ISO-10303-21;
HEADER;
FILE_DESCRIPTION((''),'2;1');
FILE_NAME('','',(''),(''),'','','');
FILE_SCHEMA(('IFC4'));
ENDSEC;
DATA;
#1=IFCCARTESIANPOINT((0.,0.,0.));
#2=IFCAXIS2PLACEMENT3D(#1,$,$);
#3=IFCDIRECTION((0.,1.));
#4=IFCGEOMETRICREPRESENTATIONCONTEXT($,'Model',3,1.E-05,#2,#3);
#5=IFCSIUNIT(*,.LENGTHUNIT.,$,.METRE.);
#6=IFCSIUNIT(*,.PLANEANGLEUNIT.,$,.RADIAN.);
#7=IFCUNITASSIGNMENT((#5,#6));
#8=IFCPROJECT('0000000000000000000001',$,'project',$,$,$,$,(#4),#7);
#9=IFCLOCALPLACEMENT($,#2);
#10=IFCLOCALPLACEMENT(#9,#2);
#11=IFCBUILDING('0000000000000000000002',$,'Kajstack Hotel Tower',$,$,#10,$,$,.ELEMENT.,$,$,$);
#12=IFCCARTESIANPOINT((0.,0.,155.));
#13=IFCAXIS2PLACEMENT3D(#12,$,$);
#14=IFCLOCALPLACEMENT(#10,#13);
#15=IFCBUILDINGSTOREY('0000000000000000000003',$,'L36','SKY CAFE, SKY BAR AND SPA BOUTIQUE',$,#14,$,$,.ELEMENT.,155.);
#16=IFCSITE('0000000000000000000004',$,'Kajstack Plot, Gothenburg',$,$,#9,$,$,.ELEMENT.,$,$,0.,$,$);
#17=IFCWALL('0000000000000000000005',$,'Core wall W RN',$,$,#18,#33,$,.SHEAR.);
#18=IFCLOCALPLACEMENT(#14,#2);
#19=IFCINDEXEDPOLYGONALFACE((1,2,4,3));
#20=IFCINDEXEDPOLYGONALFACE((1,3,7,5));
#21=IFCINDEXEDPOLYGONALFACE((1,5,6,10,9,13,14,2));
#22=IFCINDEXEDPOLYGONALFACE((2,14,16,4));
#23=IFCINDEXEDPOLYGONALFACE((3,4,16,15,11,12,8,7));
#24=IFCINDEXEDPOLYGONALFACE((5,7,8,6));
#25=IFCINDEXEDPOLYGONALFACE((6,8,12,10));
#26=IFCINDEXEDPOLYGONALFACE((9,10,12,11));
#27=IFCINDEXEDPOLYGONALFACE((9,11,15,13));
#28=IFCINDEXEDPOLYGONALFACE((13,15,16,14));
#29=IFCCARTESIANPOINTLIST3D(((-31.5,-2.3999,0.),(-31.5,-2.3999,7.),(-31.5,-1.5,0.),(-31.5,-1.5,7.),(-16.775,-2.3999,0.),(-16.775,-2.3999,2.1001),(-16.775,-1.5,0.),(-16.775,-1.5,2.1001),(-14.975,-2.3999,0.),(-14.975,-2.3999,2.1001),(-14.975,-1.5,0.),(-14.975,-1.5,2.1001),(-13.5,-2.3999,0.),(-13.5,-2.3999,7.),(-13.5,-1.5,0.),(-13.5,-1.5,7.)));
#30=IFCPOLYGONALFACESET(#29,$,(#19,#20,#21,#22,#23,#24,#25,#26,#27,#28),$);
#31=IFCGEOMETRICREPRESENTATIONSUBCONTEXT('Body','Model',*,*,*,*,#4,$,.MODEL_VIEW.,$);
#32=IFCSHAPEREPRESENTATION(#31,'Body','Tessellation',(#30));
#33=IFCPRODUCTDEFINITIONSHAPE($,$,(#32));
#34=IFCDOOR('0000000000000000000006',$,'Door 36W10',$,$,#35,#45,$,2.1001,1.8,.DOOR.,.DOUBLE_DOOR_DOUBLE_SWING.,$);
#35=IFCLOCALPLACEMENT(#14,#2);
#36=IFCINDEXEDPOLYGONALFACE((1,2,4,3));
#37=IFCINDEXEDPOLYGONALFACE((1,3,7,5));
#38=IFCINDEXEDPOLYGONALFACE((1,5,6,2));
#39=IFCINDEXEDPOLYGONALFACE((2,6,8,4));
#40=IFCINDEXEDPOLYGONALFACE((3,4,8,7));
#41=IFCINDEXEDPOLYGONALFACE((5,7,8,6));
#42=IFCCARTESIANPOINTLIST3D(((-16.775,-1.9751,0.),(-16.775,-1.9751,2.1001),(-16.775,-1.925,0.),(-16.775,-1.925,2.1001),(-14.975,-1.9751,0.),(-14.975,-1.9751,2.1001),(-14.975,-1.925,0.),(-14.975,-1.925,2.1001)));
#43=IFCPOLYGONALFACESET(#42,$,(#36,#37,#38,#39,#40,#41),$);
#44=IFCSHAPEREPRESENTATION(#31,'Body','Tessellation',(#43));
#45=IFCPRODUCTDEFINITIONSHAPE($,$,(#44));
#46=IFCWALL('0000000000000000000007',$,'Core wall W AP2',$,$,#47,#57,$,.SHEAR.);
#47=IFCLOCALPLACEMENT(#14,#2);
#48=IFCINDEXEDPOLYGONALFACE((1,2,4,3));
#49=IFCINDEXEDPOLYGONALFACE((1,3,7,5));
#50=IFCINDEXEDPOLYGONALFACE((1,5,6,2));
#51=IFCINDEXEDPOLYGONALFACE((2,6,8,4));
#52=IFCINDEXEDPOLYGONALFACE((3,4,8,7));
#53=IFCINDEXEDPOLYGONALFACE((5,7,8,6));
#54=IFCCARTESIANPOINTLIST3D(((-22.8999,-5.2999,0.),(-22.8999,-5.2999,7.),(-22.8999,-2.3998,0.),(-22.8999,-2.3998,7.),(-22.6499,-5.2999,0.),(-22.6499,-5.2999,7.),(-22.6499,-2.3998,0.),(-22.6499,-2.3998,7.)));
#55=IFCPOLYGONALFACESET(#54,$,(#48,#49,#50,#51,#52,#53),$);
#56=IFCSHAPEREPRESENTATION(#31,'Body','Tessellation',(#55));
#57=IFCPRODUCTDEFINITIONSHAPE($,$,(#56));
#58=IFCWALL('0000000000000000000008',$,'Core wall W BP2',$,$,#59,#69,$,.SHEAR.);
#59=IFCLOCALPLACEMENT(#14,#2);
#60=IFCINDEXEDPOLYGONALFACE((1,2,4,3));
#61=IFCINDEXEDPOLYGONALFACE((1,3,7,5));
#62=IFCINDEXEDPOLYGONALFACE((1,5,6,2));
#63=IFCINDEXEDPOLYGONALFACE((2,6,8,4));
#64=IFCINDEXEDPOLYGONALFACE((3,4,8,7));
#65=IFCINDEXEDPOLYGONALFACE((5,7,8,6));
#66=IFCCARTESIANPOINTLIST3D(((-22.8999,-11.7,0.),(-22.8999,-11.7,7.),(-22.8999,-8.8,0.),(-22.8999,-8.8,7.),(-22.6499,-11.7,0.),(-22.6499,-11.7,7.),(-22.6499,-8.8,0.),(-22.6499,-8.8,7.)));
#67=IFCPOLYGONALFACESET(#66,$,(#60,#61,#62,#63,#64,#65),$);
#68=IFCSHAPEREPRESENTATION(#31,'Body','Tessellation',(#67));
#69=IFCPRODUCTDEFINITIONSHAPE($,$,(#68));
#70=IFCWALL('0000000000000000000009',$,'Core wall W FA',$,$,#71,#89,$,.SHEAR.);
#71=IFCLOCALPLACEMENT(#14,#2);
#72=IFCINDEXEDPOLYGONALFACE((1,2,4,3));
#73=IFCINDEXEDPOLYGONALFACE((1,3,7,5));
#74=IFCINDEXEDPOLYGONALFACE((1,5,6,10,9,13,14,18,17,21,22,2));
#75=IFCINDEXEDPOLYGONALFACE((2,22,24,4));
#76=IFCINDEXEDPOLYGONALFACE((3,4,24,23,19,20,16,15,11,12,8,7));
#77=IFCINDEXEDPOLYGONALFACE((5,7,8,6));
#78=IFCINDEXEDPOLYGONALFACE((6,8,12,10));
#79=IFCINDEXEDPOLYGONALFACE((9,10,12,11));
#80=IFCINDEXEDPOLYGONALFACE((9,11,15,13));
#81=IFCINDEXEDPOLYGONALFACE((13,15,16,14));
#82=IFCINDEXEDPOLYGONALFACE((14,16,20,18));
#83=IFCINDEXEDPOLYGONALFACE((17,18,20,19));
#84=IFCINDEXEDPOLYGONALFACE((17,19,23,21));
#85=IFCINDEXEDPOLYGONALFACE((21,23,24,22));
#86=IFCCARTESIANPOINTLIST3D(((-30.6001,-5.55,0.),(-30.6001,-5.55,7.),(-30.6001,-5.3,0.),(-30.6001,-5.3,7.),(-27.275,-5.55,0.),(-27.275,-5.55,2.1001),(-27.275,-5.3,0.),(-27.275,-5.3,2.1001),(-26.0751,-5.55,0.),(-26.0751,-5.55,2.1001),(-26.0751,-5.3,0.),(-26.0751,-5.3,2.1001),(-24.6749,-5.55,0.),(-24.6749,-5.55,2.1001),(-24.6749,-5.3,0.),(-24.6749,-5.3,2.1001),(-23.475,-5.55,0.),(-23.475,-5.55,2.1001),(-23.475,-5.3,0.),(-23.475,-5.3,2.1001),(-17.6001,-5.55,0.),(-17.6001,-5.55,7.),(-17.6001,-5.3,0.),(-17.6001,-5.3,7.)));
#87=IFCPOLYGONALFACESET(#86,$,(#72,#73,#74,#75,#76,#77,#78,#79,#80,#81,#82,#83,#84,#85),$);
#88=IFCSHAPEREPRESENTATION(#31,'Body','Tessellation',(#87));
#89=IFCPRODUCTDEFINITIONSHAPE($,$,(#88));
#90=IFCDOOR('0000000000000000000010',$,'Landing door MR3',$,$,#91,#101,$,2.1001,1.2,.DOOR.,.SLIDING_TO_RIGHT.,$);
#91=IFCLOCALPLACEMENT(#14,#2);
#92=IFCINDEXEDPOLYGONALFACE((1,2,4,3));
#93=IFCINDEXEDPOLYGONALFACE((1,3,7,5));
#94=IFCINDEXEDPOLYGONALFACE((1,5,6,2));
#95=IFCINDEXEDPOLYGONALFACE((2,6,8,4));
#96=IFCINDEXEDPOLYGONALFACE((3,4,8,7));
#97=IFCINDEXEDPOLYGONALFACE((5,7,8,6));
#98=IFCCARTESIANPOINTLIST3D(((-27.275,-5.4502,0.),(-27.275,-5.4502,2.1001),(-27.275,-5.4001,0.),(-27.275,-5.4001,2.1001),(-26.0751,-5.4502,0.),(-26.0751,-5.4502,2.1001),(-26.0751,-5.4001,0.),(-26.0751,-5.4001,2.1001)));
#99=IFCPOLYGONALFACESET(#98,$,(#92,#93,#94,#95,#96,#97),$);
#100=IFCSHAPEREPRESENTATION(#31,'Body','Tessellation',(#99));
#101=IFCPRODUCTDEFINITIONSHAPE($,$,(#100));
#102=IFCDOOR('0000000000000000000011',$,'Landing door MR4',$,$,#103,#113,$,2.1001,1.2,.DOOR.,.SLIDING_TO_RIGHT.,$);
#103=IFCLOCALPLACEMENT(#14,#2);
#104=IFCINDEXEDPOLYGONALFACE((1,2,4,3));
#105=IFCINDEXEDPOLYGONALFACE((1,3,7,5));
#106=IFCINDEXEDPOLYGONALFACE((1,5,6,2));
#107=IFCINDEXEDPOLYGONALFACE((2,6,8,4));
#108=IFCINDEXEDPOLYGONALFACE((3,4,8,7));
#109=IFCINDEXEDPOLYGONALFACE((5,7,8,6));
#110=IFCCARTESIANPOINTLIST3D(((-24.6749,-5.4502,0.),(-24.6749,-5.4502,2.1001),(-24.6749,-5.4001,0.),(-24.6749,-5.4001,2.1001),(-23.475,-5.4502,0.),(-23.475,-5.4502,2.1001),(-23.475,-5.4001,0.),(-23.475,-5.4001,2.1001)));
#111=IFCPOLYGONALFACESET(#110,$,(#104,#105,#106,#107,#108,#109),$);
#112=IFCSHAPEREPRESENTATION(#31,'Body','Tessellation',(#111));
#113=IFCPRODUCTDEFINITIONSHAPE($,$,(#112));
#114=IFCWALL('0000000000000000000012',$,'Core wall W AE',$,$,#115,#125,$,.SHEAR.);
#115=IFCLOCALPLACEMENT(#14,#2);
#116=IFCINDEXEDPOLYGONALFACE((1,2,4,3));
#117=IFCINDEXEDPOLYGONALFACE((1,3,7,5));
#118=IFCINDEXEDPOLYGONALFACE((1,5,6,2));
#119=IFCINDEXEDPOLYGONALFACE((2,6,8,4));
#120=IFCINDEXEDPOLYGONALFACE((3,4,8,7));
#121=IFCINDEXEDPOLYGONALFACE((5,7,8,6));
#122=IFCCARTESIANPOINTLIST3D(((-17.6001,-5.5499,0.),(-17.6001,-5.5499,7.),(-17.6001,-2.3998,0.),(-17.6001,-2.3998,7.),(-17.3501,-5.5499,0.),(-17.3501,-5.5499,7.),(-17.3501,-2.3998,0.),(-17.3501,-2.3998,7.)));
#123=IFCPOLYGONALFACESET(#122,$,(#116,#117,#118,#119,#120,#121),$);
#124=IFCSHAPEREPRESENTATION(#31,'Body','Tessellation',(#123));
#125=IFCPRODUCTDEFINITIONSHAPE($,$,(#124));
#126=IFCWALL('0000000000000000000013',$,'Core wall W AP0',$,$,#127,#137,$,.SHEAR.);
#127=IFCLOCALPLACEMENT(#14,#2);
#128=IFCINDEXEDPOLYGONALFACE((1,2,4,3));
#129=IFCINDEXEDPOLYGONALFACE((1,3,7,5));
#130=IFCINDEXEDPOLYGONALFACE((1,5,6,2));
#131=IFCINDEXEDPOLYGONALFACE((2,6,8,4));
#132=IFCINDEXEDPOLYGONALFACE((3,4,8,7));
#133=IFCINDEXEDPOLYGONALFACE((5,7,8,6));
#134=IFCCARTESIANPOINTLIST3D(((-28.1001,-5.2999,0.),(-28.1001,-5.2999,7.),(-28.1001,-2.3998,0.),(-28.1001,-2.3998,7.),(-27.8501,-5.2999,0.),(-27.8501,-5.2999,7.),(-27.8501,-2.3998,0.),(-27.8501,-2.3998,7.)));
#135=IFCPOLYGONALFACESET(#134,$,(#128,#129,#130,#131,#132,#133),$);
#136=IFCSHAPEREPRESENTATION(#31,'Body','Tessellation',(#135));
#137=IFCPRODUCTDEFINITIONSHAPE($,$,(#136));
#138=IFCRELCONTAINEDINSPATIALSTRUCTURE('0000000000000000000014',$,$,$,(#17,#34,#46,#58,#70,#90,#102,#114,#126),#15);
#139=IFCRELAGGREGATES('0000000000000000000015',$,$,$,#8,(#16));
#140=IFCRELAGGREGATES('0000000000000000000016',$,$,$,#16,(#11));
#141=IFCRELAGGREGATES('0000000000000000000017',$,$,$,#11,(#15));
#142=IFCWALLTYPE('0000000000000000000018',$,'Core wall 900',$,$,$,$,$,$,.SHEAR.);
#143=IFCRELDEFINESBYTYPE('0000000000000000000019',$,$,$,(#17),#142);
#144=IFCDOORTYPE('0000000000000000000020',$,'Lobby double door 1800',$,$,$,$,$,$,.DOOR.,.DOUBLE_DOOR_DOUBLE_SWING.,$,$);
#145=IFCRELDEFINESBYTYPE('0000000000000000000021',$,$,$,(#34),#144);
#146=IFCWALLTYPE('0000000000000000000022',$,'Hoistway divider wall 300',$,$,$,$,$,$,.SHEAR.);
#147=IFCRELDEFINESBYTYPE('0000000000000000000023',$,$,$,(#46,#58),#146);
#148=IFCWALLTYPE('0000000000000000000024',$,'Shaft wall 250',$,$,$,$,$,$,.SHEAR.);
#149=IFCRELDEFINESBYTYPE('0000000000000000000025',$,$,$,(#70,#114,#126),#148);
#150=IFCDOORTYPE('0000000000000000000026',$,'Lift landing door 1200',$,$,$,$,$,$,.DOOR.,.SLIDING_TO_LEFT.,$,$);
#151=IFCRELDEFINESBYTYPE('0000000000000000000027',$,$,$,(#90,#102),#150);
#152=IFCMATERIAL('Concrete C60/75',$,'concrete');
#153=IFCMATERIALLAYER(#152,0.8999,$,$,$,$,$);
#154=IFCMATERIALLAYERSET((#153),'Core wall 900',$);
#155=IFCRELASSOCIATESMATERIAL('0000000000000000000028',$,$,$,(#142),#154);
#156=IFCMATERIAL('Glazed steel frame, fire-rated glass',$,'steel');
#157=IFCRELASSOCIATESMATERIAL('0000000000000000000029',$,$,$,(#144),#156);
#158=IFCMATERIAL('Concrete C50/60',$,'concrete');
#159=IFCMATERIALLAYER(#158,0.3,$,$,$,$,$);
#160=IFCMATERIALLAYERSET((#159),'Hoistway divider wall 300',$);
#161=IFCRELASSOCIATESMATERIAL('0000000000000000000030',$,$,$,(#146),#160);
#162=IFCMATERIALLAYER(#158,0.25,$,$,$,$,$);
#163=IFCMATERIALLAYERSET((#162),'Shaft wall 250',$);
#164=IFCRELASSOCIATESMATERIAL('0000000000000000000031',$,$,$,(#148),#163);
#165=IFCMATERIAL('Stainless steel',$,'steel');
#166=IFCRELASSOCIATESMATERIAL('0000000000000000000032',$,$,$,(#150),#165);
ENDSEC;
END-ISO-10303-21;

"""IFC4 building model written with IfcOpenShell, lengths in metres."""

from ifc_helpers import new_model, si_unit, direction, frame, frame_2d, origin, place, context, subcontext, project, spatial, rectangle, extrude, material, layer, layer_set, type_object, element, fill, save


model = new_model("IFC4")

# Units and contexts
model_context = context("Model", 3, precision=1e-05, world=origin(), true_north=direction((0.0, 1.0)))
body_context = subcontext(model_context, "Body", "Model", "MODEL_VIEW")
ifc_project = project(units=[si_unit("LENGTHUNIT", "METRE"), si_unit("PLANEANGLEUNIT", "RADIAN")], contexts=[model_context])

# Site, building, storey
site_placement = place(None, origin())
site = spatial("IfcSite", under=ifc_project, at=site_placement, Name="Kajstack Plot, Gothenburg", CompositionType="ELEMENT", RefElevation=0.0)
building_placement = place(site_placement, origin())
building = spatial("IfcBuilding", under=site, at=building_placement, Name="Kajstack Hotel Tower", CompositionType="ELEMENT")
storey_placement = place(building_placement, frame((0.0, 0.0, 155.0)))
storey = spatial("IfcBuildingStorey", under=building, at=storey_placement, Name="L36", Description="SKY CAFE, SKY BAR AND SPA BOUTIQUE", CompositionType="ELEMENT", Elevation=155.0)

# Wall, opening, door
ifc_material_1 = material(Name="Concrete C60/75", Category="concrete")
ifc_layer_1 = layer(ifc_material_1, 0.8999)
ifc_layer_set_1 = layer_set([ifc_layer_1], Name="Core wall 900")
wall_type_1 = type_object("IfcWallType", Name="Core wall 900", PredefinedType="SHEAR", material=ifc_layer_set_1)
wall_1_placement = place(storey_placement, frame((-31.5, -1.95, 0.0), z_axis=(0.0, 0.0, 1.0), x_axis=(1.0, 0.0, 0.0)))
wall_1 = element("IfcWall", 1, at=wall_1_placement, inside=storey, type_object=wall_type_1, Name="Core wall W RN", PredefinedType="SHEAR", context=body_context, shape_type="SweptSolid", body=[
    extrude(rectangle(XDim=18.0, YDim=0.8999, at=frame_2d((9.0, 0.0))), origin(), (0.0, 0.0, 1.0), 7.0),
])
opening_1_placement = place(wall_1_placement, frame((14.7251, 0.0, 0.0)))
opening_1 = element("IfcOpeningElement", 2, at=opening_1_placement, cuts=wall_1, PredefinedType="OPENING", context=body_context, shape_type="SweptSolid", body=[
    extrude(rectangle(XDim=1.8, YDim=2.1001, at=frame_2d((0.8999, 1.05))), frame((0.0, 0.46, 0.0), z_axis=(0.0, -1.0, 0.0), x_axis=(1.0, 0.0, 0.0)), (0.0, 0.0, 1.0), 0.9199),
])
ifc_material_2 = material(Name="Glazed steel frame, fire-rated glass", Category="steel")
door_type_1 = type_object("IfcDoorType", Name="Lobby double door 1800", OperationType="DOUBLE_DOOR_DOUBLE_SWING", PredefinedType="DOOR", material=ifc_material_2)
door_1_placement = place(opening_1_placement, origin())
door_1 = element("IfcDoor", 3, at=door_1_placement, inside=storey, type_object=door_type_1, Name="Door 36W10", OperationType="DOUBLE_DOOR_DOUBLE_SWING", OverallHeight=2.1001, OverallWidth=1.8, PredefinedType="DOOR", context=body_context, shape_type="SweptSolid", body=[
    extrude(rectangle(XDim=1.8, YDim=2.1001, at=frame_2d((0.8999, 1.05))), frame((0.0, 0.0249, 0.0), z_axis=(0.0, -1.0, 0.0), x_axis=(1.0, 0.0, 0.0)), (0.0, 0.0, 1.0), 0.05),
])
fill(opening_1, door_1)

# Walls
ifc_material_3 = material(Name="Concrete C50/60", Category="concrete")
ifc_layer_2 = layer(ifc_material_3, 0.3)
ifc_layer_set_2 = layer_set([ifc_layer_2], Name="Hoistway divider wall 300")
wall_type_2 = type_object("IfcWallType", Name="Hoistway divider wall 300", PredefinedType="SHEAR", material=ifc_layer_set_2)
wall_2_placement = place(storey_placement, frame((-22.7749, -5.3, 0.0), z_axis=(0.0, 0.0, 1.0), x_axis=(0.0, 1.0, 0.0)))
element("IfcWall", 4, at=wall_2_placement, inside=storey, type_object=wall_type_2, Name="Core wall W AP2", PredefinedType="SHEAR", context=body_context, shape_type="SweptSolid", body=[
    extrude(rectangle(XDim=2.9001, YDim=0.25, at=frame_2d((1.4502, 0.0))), origin(), (0.0, 0.0, 1.0), 7.0),
])
wall_3_placement = place(storey_placement, frame((-22.7749, -11.7, 0.0), z_axis=(0.0, 0.0, 1.0), x_axis=(0.0, 1.0, 0.0)))
element("IfcWall", 5, at=wall_3_placement, inside=storey, type_object=wall_type_2, Name="Core wall W BP2", PredefinedType="SHEAR", context=body_context, shape_type="SweptSolid", body=[
    extrude(rectangle(XDim=2.8999, YDim=0.25, at=frame_2d((1.45, 0.0))), origin(), (0.0, 0.0, 1.0), 7.0),
])

# Wall, openings, doors
ifc_layer_3 = layer(ifc_material_3, 0.25)
ifc_layer_set_3 = layer_set([ifc_layer_3], Name="Shaft wall 250")
wall_type_3 = type_object("IfcWallType", Name="Shaft wall 250", PredefinedType="SHEAR", material=ifc_layer_set_3)
wall_4_placement = place(storey_placement, frame((-30.6001, -5.425, 0.0), z_axis=(0.0, 0.0, 1.0), x_axis=(1.0, 0.0, 0.0)))
wall_4 = element("IfcWall", 6, at=wall_4_placement, inside=storey, type_object=wall_type_3, Name="Core wall W FA", PredefinedType="SHEAR", context=body_context, shape_type="SweptSolid", body=[
    extrude(rectangle(XDim=13.0, YDim=0.25, at=frame_2d((6.5, 0.0))), origin(), (0.0, 0.0, 1.0), 7.0),
])
opening_2_placement = place(wall_4_placement, frame((3.325, 0.0, 0.0)))
opening_2 = element("IfcOpeningElement", 7, at=opening_2_placement, cuts=wall_4, PredefinedType="OPENING", context=body_context, shape_type="SweptSolid", body=[
    extrude(rectangle(XDim=1.2, YDim=2.1001, at=frame_2d((0.6001, 1.05))), frame((0.0, 0.135, 0.0), z_axis=(0.0, -1.0, 0.0), x_axis=(1.0, 0.0, 0.0)), (0.0, 0.0, 1.0), 0.27),
])
opening_3_placement = place(wall_4_placement, frame((5.925, 0.0, 0.0)))
opening_3 = element("IfcOpeningElement", 8, at=opening_3_placement, cuts=wall_4, PredefinedType="OPENING", context=body_context, shape_type="SweptSolid", body=[
    extrude(rectangle(XDim=1.2, YDim=2.1001, at=frame_2d((0.6001, 1.05))), frame((0.0, 0.135, 0.0), z_axis=(0.0, -1.0, 0.0), x_axis=(1.0, 0.0, 0.0)), (0.0, 0.0, 1.0), 0.27),
])
ifc_material_4 = material(Name="Stainless steel", Category="steel")
door_type_2 = type_object("IfcDoorType", Name="Lift landing door 1200", OperationType="SLIDING_TO_LEFT", PredefinedType="DOOR", material=ifc_material_4)
door_2_placement = place(opening_2_placement, origin())
door_2 = element("IfcDoor", 9, at=door_2_placement, inside=storey, type_object=door_type_2, Name="Landing door MR3", OperationType="SLIDING_TO_RIGHT", OverallHeight=2.1001, OverallWidth=1.2, PredefinedType="DOOR", context=body_context, shape_type="SweptSolid", body=[
    extrude(rectangle(XDim=1.2, YDim=2.1001, at=frame_2d((0.6001, 1.05))), frame((0.0, 0.0249, 0.0), z_axis=(0.0, -1.0, 0.0), x_axis=(1.0, 0.0, 0.0)), (0.0, 0.0, 1.0), 0.05),
])
fill(opening_2, door_2)
door_3_placement = place(opening_3_placement, origin())
door_3 = element("IfcDoor", 10, at=door_3_placement, inside=storey, type_object=door_type_2, Name="Landing door MR4", OperationType="SLIDING_TO_RIGHT", OverallHeight=2.1001, OverallWidth=1.2, PredefinedType="DOOR", context=body_context, shape_type="SweptSolid", body=[
    extrude(rectangle(XDim=1.2, YDim=2.1001, at=frame_2d((0.6001, 1.05))), frame((0.0, 0.0249, 0.0), z_axis=(0.0, -1.0, 0.0), x_axis=(1.0, 0.0, 0.0)), (0.0, 0.0, 1.0), 0.05),
])
fill(opening_3, door_3)

# Walls
wall_5_placement = place(storey_placement, frame((-17.4751, -5.55, 0.0), z_axis=(0.0, 0.0, 1.0), x_axis=(0.0, 1.0, 0.0)))
element("IfcWall", 11, at=wall_5_placement, inside=storey, type_object=wall_type_3, Name="Core wall W AE", PredefinedType="SHEAR", context=body_context, shape_type="SweptSolid", body=[
    extrude(rectangle(XDim=3.1501, YDim=0.25, at=frame_2d((1.5752, 0.0))), origin(), (0.0, 0.0, 1.0), 7.0),
])
wall_6_placement = place(storey_placement, frame((-27.9751, -5.3, 0.0), z_axis=(0.0, 0.0, 1.0), x_axis=(0.0, 1.0, 0.0)))
element("IfcWall", 12, at=wall_6_placement, inside=storey, type_object=wall_type_3, Name="Core wall W AP0", PredefinedType="SHEAR", context=body_context, shape_type="SweptSolid", body=[
    extrude(rectangle(XDim=2.9001, YDim=0.25, at=frame_2d((1.4502, 0.0))), origin(), (0.0, 0.0, 1.0), 7.0),
])

save(model, "model.ifc")
